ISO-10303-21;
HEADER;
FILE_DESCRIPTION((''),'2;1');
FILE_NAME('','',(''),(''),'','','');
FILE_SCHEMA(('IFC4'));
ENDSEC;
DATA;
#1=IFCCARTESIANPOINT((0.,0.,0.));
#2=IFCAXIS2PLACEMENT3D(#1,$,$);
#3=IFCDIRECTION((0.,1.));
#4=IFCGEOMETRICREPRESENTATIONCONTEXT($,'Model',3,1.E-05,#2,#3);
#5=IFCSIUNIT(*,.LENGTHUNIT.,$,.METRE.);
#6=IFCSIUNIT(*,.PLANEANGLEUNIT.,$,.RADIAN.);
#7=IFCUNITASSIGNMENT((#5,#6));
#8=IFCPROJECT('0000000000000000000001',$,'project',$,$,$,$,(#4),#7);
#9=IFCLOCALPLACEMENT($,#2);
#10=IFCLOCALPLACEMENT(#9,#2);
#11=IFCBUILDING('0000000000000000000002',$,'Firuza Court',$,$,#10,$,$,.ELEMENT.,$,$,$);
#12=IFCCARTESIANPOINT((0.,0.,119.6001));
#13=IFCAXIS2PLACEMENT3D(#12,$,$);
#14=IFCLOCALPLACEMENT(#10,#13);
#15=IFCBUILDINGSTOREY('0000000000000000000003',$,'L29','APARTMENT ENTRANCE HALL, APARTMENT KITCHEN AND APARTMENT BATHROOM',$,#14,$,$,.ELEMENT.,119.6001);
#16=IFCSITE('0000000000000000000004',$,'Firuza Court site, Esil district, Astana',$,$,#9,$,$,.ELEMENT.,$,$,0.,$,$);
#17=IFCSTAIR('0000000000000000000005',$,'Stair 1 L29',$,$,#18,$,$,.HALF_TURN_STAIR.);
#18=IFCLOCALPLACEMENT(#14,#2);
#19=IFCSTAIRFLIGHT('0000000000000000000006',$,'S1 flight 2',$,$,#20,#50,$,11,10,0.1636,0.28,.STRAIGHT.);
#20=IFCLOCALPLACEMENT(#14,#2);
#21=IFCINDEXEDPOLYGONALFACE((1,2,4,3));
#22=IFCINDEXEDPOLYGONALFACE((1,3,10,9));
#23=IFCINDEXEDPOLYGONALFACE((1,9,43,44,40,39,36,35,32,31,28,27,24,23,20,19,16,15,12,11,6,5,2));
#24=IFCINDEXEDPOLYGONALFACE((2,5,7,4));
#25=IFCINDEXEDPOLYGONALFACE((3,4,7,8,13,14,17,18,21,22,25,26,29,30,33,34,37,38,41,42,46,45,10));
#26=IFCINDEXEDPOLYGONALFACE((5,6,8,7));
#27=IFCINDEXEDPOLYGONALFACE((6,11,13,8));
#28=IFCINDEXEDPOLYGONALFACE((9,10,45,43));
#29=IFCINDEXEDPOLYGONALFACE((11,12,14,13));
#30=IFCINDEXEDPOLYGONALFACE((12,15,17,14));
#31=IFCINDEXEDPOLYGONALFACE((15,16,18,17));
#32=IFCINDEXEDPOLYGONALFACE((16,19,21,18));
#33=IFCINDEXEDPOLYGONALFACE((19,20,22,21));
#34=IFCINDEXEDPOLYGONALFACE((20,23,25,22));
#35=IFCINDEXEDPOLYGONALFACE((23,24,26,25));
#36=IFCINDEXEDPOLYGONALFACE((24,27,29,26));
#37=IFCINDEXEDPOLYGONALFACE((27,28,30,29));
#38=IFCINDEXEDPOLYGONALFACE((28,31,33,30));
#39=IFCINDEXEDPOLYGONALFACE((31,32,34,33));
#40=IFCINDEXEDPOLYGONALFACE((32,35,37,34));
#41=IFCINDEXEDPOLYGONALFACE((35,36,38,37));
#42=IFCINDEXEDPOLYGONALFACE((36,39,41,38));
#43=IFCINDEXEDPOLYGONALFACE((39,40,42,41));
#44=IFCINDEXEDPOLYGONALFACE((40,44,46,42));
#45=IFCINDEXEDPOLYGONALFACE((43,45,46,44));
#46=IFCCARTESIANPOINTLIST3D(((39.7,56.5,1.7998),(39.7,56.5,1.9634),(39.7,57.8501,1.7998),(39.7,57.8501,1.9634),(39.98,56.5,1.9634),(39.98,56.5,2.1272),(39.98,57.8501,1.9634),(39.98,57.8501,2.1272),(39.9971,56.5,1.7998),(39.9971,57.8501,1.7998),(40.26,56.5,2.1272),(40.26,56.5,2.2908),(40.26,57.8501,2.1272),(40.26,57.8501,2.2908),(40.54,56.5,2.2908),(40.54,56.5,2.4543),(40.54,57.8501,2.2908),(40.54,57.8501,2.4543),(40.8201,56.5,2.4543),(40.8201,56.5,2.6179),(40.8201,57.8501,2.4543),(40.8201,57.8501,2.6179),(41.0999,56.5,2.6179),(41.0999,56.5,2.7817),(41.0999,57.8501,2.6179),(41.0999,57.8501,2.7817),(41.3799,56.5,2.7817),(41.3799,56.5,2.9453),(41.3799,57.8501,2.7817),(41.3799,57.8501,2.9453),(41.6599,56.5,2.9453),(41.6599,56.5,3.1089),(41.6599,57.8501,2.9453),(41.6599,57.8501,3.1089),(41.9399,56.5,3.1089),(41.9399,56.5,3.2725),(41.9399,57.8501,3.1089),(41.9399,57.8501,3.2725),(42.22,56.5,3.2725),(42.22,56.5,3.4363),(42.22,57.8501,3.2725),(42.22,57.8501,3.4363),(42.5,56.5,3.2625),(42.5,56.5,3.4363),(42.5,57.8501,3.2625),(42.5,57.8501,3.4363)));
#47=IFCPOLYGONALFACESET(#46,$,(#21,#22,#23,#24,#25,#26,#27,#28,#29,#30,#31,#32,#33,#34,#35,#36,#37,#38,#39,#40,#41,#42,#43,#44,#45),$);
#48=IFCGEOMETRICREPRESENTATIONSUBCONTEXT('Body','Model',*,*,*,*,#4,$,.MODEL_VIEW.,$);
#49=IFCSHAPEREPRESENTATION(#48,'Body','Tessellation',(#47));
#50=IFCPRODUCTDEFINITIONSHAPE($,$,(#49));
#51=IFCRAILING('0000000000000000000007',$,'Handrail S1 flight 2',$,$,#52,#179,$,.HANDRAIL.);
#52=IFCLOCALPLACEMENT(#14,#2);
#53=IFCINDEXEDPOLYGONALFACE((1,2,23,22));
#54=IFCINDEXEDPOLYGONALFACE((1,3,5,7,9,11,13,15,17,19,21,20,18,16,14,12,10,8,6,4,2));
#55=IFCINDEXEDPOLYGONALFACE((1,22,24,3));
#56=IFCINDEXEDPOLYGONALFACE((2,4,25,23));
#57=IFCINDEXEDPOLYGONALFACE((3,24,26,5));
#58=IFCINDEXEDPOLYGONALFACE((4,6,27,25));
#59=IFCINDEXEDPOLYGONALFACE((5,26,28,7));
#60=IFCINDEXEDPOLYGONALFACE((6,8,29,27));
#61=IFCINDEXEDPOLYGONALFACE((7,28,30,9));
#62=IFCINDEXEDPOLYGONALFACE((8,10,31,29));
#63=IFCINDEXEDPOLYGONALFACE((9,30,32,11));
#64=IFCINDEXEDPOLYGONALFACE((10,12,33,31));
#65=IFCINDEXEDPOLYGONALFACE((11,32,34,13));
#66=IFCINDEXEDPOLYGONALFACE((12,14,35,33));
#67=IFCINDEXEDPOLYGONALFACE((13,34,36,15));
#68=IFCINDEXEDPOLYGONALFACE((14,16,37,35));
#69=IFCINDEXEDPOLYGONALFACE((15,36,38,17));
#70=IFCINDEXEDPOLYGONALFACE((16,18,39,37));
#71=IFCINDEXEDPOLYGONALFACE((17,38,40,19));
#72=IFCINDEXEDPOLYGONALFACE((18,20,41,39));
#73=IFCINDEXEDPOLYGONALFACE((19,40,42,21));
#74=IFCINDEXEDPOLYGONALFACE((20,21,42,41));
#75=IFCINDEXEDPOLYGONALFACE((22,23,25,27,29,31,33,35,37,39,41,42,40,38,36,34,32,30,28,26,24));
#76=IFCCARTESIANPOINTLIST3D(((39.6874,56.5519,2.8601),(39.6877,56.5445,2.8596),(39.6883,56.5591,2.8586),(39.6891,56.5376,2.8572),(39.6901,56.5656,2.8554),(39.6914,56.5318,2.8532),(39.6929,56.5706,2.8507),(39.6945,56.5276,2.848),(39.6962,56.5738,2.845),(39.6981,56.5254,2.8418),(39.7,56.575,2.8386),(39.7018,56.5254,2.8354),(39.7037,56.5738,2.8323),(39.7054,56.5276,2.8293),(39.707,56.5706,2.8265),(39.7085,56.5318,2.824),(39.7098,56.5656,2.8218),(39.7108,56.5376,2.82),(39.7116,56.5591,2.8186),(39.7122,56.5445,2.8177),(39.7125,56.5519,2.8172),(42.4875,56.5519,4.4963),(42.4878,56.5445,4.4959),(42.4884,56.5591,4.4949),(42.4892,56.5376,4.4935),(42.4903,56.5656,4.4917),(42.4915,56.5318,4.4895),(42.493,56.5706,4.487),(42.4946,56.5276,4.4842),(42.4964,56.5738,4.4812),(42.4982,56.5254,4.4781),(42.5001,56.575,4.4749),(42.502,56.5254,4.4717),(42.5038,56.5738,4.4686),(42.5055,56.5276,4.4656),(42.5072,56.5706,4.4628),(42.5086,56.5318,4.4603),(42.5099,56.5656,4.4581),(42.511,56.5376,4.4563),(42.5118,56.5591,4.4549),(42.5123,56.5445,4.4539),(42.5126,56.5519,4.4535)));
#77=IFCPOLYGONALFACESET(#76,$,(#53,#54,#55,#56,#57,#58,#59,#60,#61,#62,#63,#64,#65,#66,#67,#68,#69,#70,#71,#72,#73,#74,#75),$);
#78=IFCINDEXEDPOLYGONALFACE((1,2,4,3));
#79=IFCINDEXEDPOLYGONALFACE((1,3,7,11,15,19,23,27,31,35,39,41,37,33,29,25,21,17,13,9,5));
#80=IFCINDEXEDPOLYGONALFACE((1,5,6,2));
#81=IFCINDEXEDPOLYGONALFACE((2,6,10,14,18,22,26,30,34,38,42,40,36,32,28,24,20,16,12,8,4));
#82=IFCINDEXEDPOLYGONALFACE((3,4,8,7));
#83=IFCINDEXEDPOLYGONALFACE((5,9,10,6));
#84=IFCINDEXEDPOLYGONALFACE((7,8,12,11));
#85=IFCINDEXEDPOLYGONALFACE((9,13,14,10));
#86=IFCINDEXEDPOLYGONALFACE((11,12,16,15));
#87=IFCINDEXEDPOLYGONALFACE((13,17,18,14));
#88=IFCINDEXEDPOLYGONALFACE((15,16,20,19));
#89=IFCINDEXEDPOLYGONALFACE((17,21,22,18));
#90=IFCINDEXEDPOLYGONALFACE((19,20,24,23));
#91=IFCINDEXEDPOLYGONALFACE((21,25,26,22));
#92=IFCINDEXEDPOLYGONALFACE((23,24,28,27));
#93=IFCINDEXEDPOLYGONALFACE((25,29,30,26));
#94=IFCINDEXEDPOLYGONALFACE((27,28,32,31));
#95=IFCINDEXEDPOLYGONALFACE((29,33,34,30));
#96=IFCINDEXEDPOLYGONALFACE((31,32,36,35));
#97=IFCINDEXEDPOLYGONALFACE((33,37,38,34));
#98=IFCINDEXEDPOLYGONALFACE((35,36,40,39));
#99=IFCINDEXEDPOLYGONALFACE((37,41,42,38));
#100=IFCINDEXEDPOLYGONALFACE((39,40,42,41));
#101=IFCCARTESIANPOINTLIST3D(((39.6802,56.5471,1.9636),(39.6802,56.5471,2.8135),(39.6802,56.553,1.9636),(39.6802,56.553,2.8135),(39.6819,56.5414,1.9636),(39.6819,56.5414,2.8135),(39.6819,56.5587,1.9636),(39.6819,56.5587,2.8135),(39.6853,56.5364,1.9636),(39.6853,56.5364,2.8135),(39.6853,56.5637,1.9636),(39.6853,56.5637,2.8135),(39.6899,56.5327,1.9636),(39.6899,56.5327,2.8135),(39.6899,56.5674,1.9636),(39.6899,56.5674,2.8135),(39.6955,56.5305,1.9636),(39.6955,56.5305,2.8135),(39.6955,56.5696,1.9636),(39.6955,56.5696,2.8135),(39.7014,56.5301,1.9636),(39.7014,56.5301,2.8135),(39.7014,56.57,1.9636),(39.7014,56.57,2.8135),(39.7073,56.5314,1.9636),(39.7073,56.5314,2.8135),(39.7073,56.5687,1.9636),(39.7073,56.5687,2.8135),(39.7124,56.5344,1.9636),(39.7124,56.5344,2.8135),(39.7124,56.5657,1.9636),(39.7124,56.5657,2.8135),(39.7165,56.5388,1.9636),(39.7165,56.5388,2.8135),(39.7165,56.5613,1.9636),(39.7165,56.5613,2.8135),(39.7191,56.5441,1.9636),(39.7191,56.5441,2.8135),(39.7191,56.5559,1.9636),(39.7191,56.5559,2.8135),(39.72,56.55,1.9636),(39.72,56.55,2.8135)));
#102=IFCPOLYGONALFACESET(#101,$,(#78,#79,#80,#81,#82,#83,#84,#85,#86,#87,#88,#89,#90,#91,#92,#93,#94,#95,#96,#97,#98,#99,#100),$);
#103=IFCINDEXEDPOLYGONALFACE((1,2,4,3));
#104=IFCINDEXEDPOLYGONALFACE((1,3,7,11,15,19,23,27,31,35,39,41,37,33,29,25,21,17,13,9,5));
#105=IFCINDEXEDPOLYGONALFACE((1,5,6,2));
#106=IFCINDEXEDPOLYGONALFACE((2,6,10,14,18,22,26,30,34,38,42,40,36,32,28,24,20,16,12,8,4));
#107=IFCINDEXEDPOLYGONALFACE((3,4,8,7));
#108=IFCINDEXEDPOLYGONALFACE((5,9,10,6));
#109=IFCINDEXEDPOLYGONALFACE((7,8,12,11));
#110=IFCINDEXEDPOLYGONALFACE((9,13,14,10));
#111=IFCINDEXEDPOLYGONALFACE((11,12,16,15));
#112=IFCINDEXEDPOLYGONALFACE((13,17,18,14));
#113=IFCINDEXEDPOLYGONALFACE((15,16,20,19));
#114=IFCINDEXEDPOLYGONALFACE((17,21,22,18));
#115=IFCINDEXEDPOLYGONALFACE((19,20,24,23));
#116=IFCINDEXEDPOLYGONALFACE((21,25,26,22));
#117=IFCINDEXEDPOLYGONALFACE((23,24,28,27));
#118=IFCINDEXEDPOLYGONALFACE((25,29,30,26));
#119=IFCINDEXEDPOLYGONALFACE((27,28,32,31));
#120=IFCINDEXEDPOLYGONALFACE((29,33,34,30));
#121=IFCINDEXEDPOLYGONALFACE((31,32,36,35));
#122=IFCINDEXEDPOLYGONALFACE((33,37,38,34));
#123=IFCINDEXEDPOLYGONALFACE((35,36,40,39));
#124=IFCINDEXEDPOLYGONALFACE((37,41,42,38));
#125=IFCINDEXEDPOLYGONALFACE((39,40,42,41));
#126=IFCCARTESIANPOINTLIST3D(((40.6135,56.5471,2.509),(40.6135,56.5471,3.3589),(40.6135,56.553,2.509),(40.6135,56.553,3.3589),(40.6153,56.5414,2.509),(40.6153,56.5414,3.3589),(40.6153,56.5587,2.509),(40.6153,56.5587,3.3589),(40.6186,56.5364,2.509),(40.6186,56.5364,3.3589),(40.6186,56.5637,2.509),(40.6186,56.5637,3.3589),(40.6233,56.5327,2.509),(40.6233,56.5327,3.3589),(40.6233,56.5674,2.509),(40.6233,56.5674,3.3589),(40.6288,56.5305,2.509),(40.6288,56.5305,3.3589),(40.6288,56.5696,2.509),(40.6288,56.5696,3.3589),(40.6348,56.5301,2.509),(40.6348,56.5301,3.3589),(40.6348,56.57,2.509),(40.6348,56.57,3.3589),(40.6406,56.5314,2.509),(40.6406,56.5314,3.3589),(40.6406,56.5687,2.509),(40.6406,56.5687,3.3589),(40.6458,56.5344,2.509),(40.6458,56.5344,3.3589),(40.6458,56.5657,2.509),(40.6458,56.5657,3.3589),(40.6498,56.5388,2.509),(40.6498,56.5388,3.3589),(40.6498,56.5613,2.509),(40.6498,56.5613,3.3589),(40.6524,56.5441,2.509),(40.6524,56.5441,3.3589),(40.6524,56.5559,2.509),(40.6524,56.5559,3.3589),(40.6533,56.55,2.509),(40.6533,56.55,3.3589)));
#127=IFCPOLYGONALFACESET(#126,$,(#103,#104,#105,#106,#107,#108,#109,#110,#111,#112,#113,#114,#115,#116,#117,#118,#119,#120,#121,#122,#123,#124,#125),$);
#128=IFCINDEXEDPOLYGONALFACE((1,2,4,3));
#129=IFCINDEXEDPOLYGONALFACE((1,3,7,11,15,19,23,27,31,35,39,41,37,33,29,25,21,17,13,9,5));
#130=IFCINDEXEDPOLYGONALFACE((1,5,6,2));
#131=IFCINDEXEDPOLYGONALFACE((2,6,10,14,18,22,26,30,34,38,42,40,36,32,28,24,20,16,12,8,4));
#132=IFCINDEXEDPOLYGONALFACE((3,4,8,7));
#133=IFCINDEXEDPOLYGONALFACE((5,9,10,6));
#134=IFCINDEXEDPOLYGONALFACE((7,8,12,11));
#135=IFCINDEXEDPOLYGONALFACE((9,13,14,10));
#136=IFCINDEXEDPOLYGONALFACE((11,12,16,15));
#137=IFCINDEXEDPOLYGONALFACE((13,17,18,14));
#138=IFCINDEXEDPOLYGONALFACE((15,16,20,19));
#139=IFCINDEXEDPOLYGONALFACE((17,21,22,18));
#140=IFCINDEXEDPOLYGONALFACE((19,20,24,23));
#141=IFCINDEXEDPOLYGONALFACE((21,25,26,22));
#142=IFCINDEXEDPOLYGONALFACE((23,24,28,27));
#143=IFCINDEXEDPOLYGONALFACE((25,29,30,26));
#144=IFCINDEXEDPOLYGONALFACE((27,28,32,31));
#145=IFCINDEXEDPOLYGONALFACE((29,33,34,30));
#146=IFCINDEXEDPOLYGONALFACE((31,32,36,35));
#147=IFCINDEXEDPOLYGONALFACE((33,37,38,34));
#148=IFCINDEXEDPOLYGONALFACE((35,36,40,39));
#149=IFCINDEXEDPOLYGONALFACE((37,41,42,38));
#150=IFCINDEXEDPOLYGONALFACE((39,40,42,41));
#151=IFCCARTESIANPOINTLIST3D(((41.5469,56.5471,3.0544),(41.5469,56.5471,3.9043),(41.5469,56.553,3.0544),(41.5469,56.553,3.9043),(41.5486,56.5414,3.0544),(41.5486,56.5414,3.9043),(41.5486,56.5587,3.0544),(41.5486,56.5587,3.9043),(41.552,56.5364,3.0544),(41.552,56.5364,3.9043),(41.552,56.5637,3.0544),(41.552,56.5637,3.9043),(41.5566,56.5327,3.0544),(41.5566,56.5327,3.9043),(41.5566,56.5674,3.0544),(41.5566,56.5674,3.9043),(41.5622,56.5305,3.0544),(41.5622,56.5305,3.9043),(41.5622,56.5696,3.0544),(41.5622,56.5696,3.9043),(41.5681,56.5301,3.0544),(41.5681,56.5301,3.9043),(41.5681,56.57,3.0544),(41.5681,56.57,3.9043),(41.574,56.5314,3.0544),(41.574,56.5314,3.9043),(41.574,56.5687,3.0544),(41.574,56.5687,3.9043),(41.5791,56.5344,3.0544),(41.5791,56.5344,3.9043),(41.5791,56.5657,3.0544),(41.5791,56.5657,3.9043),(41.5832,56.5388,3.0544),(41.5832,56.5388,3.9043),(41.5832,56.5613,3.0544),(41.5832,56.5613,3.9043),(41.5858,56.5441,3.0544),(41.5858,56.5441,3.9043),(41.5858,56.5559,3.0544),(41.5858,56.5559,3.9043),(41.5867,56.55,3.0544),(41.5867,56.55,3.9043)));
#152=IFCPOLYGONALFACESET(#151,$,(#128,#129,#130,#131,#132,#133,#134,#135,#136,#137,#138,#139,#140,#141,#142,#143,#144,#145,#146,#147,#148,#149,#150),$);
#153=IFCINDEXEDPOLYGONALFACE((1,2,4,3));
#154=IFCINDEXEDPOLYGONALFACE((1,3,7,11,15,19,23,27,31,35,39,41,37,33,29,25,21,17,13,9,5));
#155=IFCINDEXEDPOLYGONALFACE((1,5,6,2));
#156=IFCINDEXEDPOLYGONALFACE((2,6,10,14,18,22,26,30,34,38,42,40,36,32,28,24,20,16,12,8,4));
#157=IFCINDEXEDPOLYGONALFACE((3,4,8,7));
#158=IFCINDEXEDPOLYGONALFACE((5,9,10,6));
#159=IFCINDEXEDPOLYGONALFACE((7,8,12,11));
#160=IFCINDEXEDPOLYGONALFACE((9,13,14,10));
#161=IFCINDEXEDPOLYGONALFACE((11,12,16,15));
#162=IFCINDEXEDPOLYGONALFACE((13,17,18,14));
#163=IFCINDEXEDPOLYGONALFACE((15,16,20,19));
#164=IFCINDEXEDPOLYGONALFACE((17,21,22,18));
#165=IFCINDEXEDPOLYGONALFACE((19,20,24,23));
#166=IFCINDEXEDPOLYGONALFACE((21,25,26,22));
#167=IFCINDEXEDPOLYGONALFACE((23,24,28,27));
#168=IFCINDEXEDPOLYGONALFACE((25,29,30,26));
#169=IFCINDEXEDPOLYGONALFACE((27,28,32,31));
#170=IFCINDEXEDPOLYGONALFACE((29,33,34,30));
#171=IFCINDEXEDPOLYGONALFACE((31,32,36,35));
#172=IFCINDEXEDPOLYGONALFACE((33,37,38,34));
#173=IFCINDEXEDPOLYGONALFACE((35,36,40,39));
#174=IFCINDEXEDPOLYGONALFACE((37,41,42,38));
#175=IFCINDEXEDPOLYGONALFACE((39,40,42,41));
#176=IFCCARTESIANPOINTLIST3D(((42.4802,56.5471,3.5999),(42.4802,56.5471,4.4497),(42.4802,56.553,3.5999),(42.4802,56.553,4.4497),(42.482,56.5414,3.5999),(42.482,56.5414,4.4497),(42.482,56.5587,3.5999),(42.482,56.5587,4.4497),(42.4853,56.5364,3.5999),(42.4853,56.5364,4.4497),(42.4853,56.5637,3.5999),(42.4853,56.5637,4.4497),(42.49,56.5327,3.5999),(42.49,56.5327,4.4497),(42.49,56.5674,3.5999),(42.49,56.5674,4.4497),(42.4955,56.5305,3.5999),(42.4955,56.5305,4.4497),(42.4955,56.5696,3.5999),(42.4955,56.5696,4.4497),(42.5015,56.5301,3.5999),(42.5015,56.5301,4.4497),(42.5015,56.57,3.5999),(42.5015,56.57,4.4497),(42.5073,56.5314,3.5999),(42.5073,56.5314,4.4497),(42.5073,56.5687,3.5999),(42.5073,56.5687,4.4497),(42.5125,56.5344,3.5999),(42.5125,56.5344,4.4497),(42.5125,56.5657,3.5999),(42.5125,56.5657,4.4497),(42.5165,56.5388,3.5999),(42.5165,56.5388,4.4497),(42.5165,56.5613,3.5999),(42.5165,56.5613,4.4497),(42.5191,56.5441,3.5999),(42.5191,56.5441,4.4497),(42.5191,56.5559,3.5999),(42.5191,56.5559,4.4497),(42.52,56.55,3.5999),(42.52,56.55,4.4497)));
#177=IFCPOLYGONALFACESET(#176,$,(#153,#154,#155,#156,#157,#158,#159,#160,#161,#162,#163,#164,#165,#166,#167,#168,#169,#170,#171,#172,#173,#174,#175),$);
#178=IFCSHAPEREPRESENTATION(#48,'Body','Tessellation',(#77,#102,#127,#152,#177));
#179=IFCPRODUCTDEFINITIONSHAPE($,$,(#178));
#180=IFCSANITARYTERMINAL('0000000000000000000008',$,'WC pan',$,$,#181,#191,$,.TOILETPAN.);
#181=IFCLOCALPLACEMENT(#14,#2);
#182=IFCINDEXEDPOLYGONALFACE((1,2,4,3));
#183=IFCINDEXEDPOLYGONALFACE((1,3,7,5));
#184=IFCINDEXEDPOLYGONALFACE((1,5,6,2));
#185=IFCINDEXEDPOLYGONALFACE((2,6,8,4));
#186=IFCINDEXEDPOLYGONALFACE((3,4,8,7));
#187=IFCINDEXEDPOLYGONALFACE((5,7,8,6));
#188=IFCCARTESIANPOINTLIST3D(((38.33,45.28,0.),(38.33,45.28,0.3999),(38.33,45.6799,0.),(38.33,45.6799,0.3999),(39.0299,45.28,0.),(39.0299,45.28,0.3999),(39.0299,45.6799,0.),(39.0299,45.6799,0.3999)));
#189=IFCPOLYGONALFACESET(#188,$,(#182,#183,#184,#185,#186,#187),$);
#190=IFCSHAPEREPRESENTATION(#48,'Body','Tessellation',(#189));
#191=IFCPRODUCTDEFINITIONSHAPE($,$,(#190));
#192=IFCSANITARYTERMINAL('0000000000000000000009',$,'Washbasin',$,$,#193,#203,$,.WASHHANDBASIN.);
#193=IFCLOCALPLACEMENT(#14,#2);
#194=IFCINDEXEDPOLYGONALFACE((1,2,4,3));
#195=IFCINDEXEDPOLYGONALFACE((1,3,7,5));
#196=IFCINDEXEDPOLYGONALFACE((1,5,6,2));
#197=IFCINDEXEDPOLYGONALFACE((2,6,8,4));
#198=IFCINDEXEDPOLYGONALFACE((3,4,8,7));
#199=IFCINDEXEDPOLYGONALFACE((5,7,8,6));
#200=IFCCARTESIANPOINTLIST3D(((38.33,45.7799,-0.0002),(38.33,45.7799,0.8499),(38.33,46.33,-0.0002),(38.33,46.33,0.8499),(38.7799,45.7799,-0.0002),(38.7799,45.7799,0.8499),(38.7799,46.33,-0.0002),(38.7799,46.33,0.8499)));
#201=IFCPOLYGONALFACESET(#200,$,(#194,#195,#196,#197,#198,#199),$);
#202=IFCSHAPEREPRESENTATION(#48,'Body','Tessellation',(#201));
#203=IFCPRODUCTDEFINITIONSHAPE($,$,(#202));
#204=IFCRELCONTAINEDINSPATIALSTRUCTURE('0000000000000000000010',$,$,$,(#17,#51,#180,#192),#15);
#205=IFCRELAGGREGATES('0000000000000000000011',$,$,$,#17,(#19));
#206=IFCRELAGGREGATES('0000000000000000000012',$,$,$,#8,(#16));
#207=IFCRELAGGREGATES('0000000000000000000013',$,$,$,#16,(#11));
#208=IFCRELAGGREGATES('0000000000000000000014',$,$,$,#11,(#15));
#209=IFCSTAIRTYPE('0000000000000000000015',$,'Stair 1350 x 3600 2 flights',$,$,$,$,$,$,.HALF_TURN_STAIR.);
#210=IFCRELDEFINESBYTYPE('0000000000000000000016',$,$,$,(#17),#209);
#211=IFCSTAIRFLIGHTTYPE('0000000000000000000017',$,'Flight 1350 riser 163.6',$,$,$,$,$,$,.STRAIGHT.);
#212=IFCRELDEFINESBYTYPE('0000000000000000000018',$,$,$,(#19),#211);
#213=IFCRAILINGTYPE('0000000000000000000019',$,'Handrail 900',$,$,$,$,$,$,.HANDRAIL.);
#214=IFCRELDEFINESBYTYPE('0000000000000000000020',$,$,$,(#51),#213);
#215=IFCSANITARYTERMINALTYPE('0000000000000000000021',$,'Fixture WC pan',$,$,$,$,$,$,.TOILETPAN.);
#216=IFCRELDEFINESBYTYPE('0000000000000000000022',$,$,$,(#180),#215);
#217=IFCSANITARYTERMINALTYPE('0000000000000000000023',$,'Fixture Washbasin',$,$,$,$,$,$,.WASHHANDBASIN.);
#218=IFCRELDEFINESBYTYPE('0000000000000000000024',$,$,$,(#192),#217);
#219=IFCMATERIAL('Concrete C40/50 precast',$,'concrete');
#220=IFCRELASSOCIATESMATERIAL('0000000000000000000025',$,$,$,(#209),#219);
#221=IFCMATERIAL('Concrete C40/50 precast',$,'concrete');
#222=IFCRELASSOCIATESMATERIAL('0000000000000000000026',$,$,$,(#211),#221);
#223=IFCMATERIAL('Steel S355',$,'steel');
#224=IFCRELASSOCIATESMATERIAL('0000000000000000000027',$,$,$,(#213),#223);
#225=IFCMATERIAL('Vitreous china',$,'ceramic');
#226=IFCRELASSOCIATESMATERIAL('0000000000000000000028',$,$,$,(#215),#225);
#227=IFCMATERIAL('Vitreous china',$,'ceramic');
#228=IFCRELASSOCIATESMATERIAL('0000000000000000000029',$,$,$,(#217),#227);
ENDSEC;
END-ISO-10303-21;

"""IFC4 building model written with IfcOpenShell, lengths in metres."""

from ifc_helpers import new_model, si_unit, direction, frame, origin, origin_2d, place, context, subcontext, project, spatial, polyline, rectangle, circle, outline, extrude, material, type_object, element, aggregate, save


model = new_model("IFC4")

# Units and contexts
model_context = context("Model", 3, precision=1e-05, world=origin(), true_north=direction((0.0, 1.0)))
body_context = subcontext(model_context, "Body", "Model", "MODEL_VIEW")
ifc_project = project(units=[si_unit("LENGTHUNIT", "METRE"), si_unit("PLANEANGLEUNIT", "RADIAN")], contexts=[model_context])

# Site, building, storey
site_placement = place(None, origin())
site = spatial("IfcSite", under=ifc_project, at=site_placement, Name="Firuza Court site, Esil district, Astana", CompositionType="ELEMENT", RefElevation=0.0)
building_placement = place(site_placement, origin())
building = spatial("IfcBuilding", under=site, at=building_placement, Name="Firuza Court", CompositionType="ELEMENT")
storey_placement = place(building_placement, frame((0.0, 0.0, 119.6001)))
storey = spatial("IfcBuildingStorey", under=building, at=storey_placement, Name="L29", Description="APARTMENT ENTRANCE HALL, APARTMENT KITCHEN AND APARTMENT BATHROOM", CompositionType="ELEMENT", Elevation=119.6001)

# Stair, stair flight
ifc_material_1 = material(Name="Concrete C40/50 precast", Category="concrete")
stair_type = type_object("IfcStairType", Name="Stair 1350 x 3600 2 flights", PredefinedType="HALF_TURN_STAIR", material=ifc_material_1)
stair_placement = place(storey_placement, origin())
stair = element("IfcStair", 1, at=stair_placement, inside=storey, type_object=stair_type, Name="Stair 1 L29", PredefinedType="HALF_TURN_STAIR")
ifc_material_2 = material(Name="Concrete C40/50 precast", Category="concrete")
stair_flight_type = type_object("IfcStairFlightType", Name="Flight 1350 riser 163.6", PredefinedType="STRAIGHT", material=ifc_material_2)
stair_flight_placement = place(storey_placement, frame((39.7, 57.175, 1.7998), z_axis=(0.0, 0.0, 1.0), x_axis=(1.0, 0.0, 0.0)))
stair_flight = element("IfcStairFlight", 2, at=stair_flight_placement, type_object=stair_flight_type, Name="S1 flight 2", NumberOfRisers=11, NumberOfTreads=10, PredefinedType="STRAIGHT", RiserHeight=0.1636, TreadLength=0.28, context=body_context, shape_type="SweptSolid", body=[
    extrude(outline(polyline([(0.0, 0.0), (0.0, 0.1636), (0.28, 0.1636), (0.28, 0.3274), (0.5601, 0.3274), (0.5601, 0.491), (0.8401, 0.491), (0.8401, 0.6545), (1.1201, 0.6545), (1.1201, 0.8181), (1.3999, 0.8181), (1.3999, 0.9819), (1.6799, 0.9819), (1.6799, 1.1455), (1.96, 1.1455), (1.96, 1.3091), (2.24, 1.3091), (2.24, 1.4727), (2.52, 1.4727), (2.52, 1.6365), (2.8, 1.6365), (2.8, 1.8), (2.8, 1.4626), (0.2971, 0.0), (0.0, 0.0)])), frame((0.0, 0.675, 0.0), z_axis=(0.0, -1.0, 0.0), x_axis=(1.0, 0.0, 0.0)), (0.0, 0.0, 1.0), 1.3501),
])
aggregate(stair, [stair_flight])

# Railing
ifc_material_3 = material(Name="Steel S355", Category="steel")
railing_type = type_object("IfcRailingType", Name="Handrail 900", PredefinedType="HANDRAIL", material=ifc_material_3)
railing_placement = place(storey_placement, frame((39.7, 56.55, 1.9636)))
element("IfcRailing", 3, at=railing_placement, inside=storey, type_object=railing_type, Name="Handrail S1 flight 2", PredefinedType="HANDRAIL", context=body_context, shape_type="SweptSolid", body=[
    extrude(circle(Radius=0.0249, at=origin_2d()), frame((0.0, 0.0, 0.875), z_axis=(0.863394, 0.0, 0.504531), x_axis=(0.0, 1.0, 0.0)), (0.0, 0.0, 1.0), 3.2432),
    extrude(circle(Radius=0.02, at=origin_2d()), origin(), (0.0, 0.0, 1.0), 0.8499),
    extrude(circle(Radius=0.02, at=origin_2d()), frame((0.9333, 0.0, 0.5454)), (0.0, 0.0, 1.0), 0.8499),
    extrude(circle(Radius=0.02, at=origin_2d()), frame((1.8667, 0.0, 1.0908)), (0.0, 0.0, 1.0), 0.8499),
    extrude(circle(Radius=0.02, at=origin_2d()), frame((2.8, 0.0, 1.6362)), (0.0, 0.0, 1.0), 0.8499),
])

# Sanitary terminals
ifc_material_4 = material(Name="Vitreous china", Category="ceramic")
sanitary_terminal_type_1 = type_object("IfcSanitaryTerminalType", Name="Fixture WC pan", PredefinedType="TOILETPAN", material=ifc_material_4)
sanitary_terminal_placement = place(storey_placement, frame((38.6799, 45.48, 0.0), z_axis=(0.0, 0.0, 1.0), x_axis=(1.0, 0.0, 0.0)))
element("IfcSanitaryTerminal", 4, at=sanitary_terminal_placement, inside=storey, type_object=sanitary_terminal_type_1, Name="WC pan", PredefinedType="TOILETPAN", context=body_context, shape_type="SweptSolid", body=[
    extrude(rectangle(XDim=0.7, YDim=0.3999, at=origin_2d()), origin(), (0.0, 0.0, 1.0), 0.3999),
])
ifc_material_5 = material(Name="Vitreous china", Category="ceramic")
sanitary_terminal_type_2 = type_object("IfcSanitaryTerminalType", Name="Fixture Washbasin", PredefinedType="WASHHANDBASIN", material=ifc_material_5)
for number, where, z_axis, x_axis, name in (
    (5, (38.5549, 46.0549, -0.0002), (0.0, 0.0, 1.0), (1.0, 0.0, 0.0), "Washbasin"),
):
    element("IfcSanitaryTerminal", number, at=place(storey_placement, frame(where, z_axis=z_axis, x_axis=x_axis)), inside=storey, type_object=sanitary_terminal_type_2, Name=name, PredefinedType="WASHHANDBASIN", context=body_context, shape_type="SweptSolid", body=[
        extrude(rectangle(XDim=0.45, YDim=0.55, at=origin_2d()), origin(), (0.0, 0.0, 1.0), 0.8501),
    ])

save(model, "model.ifc")
